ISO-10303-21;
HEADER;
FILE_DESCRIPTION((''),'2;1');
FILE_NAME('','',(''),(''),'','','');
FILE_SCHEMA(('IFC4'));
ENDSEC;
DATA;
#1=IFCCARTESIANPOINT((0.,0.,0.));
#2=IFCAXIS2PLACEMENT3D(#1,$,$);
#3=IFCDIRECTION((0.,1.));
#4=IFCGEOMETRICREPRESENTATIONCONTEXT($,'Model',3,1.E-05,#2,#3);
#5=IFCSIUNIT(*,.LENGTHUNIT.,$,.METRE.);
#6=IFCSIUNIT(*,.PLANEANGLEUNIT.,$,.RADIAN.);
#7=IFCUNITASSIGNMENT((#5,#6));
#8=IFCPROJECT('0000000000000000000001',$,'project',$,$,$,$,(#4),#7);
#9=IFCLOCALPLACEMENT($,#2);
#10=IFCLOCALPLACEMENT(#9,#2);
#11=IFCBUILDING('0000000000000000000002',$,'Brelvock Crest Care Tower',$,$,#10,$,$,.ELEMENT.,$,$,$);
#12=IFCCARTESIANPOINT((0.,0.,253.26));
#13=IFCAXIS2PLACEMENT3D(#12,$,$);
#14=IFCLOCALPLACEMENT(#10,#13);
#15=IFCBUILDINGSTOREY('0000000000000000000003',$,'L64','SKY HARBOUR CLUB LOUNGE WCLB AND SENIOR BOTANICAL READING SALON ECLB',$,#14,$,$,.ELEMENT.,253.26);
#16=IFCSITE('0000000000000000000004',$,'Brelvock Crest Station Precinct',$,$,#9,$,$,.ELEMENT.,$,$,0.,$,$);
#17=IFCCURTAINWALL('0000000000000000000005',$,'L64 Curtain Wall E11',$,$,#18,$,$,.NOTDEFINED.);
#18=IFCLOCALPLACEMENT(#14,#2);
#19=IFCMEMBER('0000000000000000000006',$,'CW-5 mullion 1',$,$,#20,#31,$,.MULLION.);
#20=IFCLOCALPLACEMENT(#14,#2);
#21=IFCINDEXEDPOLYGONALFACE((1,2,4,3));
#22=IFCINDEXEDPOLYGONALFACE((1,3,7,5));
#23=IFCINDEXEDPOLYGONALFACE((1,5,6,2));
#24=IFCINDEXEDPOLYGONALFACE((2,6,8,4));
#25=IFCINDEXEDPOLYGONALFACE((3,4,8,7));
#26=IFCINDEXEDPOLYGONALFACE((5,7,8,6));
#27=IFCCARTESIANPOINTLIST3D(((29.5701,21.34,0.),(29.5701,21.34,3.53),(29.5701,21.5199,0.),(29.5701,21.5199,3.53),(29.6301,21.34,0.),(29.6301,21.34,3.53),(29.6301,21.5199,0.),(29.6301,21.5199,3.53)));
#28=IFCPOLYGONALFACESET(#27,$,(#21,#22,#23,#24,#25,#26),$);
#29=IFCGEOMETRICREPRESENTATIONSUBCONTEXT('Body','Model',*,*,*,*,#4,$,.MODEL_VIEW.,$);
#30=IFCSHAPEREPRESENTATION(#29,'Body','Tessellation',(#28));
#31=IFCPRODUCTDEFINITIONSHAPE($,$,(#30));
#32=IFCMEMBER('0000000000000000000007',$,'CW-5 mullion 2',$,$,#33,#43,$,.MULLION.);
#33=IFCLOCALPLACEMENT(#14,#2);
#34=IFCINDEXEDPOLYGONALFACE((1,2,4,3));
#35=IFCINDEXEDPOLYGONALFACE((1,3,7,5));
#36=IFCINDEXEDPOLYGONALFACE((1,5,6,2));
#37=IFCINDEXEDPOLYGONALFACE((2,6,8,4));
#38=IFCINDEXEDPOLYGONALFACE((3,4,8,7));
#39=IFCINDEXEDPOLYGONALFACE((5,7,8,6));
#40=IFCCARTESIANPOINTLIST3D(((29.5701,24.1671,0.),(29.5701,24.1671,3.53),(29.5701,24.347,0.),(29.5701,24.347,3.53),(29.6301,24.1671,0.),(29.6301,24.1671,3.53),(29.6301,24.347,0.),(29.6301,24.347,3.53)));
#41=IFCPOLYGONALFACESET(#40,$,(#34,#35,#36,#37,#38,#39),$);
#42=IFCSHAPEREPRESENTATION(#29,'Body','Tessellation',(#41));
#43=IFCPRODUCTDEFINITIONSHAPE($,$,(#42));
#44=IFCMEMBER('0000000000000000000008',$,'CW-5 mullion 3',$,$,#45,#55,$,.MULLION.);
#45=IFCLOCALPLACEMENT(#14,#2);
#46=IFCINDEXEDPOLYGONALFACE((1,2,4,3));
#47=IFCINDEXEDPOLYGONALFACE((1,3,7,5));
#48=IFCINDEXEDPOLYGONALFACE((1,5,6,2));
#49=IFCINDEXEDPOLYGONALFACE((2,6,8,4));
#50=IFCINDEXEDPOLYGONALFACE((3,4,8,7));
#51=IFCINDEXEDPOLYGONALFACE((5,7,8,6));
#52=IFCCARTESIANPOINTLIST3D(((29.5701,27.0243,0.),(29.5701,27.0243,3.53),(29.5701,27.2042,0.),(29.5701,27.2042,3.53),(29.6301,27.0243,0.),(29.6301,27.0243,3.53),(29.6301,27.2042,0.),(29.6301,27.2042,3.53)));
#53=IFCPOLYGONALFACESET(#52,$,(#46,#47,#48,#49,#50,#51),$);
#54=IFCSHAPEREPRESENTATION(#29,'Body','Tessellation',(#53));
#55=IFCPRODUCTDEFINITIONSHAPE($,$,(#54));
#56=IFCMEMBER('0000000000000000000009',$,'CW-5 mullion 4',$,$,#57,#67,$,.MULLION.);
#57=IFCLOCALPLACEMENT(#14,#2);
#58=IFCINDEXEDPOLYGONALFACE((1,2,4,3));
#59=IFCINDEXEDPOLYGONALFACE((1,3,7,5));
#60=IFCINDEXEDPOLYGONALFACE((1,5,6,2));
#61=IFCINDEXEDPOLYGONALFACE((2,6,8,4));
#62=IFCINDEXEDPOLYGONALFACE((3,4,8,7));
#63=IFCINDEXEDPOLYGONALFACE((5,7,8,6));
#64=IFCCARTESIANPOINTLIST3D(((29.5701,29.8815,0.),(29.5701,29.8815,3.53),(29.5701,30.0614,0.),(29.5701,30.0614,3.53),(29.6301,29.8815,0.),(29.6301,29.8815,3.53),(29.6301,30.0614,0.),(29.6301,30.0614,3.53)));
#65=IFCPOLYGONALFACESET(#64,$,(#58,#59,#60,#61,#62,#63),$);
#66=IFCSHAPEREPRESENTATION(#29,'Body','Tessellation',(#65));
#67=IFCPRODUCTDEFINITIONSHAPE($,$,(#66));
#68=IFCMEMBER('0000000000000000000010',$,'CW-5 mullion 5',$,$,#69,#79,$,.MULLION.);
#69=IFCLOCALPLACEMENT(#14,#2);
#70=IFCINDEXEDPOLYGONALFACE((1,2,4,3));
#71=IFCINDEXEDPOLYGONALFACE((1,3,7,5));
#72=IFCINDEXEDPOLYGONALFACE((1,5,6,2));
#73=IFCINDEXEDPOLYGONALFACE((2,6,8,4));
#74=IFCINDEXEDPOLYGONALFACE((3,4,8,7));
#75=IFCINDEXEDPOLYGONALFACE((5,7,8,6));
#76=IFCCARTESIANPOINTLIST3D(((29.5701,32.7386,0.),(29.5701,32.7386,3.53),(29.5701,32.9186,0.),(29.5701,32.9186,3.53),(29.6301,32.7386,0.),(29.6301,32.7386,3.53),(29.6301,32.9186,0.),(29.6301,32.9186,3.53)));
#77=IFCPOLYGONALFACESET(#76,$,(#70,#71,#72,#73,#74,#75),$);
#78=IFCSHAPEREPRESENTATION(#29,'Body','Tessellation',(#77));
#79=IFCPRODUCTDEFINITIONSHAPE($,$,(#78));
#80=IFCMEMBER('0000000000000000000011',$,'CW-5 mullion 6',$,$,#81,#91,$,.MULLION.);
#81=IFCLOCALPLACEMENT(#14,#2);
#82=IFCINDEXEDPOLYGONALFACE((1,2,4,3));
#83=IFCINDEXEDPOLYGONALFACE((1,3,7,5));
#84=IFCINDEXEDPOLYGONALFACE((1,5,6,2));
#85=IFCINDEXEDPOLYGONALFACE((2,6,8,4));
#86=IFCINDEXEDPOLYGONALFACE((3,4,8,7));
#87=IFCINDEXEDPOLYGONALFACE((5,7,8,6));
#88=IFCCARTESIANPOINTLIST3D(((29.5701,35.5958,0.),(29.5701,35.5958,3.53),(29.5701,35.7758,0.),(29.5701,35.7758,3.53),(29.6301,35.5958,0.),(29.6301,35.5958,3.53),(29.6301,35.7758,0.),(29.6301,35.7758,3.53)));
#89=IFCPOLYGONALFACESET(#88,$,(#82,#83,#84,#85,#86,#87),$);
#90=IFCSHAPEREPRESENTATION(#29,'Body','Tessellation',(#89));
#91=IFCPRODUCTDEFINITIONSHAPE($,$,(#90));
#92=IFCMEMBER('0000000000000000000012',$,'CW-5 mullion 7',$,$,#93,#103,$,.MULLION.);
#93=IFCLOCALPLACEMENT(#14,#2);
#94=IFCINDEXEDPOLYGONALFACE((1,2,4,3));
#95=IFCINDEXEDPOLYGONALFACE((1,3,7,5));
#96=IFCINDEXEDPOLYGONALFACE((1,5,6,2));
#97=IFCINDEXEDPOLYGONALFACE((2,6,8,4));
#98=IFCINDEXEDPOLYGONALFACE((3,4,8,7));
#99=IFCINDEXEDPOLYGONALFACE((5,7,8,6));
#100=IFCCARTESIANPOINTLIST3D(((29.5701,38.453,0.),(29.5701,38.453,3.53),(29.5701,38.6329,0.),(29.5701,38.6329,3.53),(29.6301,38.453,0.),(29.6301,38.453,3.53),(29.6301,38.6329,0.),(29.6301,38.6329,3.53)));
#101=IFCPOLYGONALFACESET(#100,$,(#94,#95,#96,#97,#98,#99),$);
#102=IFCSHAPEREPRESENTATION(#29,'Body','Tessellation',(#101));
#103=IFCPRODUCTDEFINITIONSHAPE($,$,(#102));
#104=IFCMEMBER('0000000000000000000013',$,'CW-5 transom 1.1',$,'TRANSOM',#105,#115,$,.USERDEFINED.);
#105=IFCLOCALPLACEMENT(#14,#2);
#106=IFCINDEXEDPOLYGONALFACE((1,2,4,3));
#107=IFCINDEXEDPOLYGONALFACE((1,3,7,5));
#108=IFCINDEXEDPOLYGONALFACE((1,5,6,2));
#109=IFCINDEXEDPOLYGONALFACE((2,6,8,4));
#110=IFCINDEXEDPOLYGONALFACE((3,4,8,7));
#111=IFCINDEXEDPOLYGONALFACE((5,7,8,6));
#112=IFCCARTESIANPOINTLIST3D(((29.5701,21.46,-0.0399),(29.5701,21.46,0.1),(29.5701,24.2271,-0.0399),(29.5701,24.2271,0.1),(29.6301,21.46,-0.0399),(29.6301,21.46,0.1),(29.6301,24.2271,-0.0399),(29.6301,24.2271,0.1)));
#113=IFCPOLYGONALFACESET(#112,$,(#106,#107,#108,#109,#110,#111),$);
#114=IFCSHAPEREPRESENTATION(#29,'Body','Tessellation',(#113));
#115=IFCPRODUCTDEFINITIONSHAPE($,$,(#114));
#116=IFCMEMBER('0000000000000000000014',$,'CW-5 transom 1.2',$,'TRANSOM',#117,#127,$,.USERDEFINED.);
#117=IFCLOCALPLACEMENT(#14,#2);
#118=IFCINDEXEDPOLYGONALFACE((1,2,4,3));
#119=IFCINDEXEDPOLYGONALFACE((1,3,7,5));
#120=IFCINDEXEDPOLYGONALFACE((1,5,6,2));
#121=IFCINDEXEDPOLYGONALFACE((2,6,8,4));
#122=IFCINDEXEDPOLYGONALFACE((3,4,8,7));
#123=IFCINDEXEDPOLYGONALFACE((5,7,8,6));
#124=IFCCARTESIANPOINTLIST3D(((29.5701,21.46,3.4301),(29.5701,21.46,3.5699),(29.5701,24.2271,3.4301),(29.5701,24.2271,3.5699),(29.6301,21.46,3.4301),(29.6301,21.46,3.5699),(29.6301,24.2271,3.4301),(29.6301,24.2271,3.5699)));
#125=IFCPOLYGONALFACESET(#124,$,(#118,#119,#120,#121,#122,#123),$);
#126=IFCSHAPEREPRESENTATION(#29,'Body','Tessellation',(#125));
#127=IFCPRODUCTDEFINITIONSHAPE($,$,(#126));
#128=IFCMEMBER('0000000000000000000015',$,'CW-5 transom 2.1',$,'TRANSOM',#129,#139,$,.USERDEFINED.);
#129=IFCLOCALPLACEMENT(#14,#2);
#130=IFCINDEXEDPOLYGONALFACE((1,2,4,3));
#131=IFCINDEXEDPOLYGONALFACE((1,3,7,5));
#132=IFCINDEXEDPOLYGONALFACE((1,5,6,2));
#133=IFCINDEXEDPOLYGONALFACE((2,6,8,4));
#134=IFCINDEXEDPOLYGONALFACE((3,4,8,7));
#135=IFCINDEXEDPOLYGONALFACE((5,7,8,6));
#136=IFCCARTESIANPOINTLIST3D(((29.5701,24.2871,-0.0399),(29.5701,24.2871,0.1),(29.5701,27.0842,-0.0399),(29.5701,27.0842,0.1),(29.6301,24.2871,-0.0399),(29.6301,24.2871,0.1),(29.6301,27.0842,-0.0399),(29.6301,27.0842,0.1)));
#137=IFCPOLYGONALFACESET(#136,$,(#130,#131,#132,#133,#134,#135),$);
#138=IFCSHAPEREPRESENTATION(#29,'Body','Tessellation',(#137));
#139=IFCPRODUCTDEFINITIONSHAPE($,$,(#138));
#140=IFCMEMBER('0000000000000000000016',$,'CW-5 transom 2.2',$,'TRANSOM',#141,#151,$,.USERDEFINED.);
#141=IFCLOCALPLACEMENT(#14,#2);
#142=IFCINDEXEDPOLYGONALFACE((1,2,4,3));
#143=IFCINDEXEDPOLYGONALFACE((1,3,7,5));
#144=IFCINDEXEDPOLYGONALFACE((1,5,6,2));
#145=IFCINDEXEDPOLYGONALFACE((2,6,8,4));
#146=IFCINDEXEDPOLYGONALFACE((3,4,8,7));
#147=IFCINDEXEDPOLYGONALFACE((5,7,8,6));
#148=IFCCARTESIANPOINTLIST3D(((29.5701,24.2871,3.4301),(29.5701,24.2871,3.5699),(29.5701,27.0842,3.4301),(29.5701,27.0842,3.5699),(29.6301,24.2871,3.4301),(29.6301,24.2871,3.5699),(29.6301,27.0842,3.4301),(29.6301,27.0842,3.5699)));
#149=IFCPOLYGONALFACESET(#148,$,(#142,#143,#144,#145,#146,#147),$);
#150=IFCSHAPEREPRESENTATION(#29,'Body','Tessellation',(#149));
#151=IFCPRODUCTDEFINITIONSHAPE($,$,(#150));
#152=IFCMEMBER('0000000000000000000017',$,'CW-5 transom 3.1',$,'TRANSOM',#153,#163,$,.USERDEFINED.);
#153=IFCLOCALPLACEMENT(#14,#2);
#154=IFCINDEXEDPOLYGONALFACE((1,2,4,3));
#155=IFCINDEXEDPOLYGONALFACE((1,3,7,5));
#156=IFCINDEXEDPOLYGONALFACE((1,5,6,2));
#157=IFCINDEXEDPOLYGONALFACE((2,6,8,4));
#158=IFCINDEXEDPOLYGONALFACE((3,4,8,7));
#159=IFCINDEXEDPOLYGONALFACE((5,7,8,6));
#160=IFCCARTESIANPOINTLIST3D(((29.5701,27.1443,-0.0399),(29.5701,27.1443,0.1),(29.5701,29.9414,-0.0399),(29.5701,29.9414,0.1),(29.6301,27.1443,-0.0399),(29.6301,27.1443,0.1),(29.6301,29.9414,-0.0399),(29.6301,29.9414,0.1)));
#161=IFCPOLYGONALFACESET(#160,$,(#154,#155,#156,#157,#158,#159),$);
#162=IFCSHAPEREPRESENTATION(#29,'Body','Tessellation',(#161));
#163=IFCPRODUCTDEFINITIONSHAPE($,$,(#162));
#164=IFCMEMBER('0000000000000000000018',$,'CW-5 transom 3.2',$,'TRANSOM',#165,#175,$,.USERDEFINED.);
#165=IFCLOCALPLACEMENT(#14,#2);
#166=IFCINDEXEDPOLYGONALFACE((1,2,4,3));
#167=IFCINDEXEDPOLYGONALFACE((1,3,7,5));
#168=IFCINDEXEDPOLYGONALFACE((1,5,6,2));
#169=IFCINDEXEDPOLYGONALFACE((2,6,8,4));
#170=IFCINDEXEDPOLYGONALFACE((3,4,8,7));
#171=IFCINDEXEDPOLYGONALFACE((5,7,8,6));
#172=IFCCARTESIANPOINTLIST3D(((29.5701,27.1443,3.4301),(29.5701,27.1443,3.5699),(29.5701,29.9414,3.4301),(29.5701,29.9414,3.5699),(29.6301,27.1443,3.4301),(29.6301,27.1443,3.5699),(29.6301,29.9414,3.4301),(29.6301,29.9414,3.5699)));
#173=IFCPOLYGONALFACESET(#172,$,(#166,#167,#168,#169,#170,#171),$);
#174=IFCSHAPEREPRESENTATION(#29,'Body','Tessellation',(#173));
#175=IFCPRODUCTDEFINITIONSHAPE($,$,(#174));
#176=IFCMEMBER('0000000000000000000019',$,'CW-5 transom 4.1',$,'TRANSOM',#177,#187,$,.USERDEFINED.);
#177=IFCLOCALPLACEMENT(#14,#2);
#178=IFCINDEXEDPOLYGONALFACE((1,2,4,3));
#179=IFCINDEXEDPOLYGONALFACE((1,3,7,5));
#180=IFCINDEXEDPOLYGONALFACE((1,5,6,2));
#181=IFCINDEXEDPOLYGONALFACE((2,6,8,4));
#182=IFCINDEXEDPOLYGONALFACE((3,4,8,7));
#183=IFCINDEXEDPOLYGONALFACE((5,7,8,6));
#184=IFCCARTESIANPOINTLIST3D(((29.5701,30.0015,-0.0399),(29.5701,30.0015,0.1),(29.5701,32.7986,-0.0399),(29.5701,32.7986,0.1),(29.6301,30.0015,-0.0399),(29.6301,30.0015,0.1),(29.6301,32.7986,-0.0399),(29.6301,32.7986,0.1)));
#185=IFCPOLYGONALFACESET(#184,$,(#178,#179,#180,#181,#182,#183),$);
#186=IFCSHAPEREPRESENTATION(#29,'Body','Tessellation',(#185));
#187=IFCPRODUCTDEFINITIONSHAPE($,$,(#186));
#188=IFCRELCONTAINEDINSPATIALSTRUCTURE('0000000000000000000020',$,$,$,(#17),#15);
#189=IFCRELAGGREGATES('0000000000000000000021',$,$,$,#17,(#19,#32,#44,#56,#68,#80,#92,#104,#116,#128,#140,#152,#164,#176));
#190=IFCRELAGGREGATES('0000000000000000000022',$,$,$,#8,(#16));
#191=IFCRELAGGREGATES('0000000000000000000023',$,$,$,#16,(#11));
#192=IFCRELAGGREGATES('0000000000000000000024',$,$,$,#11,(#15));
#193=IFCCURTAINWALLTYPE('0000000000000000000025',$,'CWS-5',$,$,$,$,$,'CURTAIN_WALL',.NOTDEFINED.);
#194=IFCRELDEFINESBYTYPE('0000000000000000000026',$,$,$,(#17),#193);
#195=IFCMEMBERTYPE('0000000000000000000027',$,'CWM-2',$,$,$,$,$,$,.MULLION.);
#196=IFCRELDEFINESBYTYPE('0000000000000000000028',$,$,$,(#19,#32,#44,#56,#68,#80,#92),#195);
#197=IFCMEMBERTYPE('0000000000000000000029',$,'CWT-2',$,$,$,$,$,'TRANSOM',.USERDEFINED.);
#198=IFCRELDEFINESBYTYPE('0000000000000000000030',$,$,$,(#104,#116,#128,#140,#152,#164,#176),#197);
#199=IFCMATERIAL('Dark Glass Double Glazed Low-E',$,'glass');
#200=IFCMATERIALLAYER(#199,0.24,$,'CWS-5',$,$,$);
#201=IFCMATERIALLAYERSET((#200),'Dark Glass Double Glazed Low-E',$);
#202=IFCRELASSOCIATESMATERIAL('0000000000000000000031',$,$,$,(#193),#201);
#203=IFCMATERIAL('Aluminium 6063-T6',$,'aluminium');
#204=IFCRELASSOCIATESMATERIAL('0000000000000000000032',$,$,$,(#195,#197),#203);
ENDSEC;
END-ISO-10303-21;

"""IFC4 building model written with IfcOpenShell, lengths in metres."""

from ifc_helpers import new_model, si_unit, direction, frame, origin, origin_2d, place, context, subcontext, project, spatial, rectangle, extrude, source, transform, mapped, material, layer, layer_set, material_profile, profile_set, type_object, element, aggregate, save


model = new_model("IFC4")

# Units and contexts
model_context = context("Model", 3, precision=1e-05, world=origin(), true_north=direction((0.0, 1.0)))
body_context = subcontext(model_context, "Body", "Model", "MODEL_VIEW")
ifc_project = project(units=[si_unit("LENGTHUNIT", "METRE"), si_unit("PLANEANGLEUNIT", "RADIAN")], contexts=[model_context])

# Site, building, storey
site_placement = place(None, origin())
site = spatial("IfcSite", under=ifc_project, at=site_placement, Name="Brelvock Crest Station Precinct", CompositionType="ELEMENT", RefElevation=0.0)
building_placement = place(site_placement, origin())
building = spatial("IfcBuilding", under=site, at=building_placement, Name="Brelvock Crest Care Tower", CompositionType="ELEMENT")
storey_placement = place(building_placement, frame((0.0, 0.0, 253.26)))
storey = spatial("IfcBuildingStorey", under=building, at=storey_placement, Name="L64", Description="SKY HARBOUR CLUB LOUNGE WCLB AND SENIOR BOTANICAL READING SALON ECLB", CompositionType="ELEMENT", Elevation=253.26)

# Curtain wall, members
ifc_material_1 = material(Name="Dark Glass Double Glazed Low-E", Category="glass")
ifc_layer_1 = layer(ifc_material_1, 0.24, Name="CWS-5")
ifc_layer_set_1 = layer_set([ifc_layer_1], Name="Dark Glass Double Glazed Low-E")
curtain_wall_type = type_object("IfcCurtainWallType", Name="CWS-5", ElementType="CURTAIN_WALL", PredefinedType="NOTDEFINED", material=ifc_layer_set_1)
curtain_wall_placement = place(storey_placement, origin())
curtain_wall = element("IfcCurtainWall", 1, at=curtain_wall_placement, inside=storey, type_object=curtain_wall_type, Name="L64 Curtain Wall E11", PredefinedType="NOTDEFINED")
ifc_material_2 = material(Name="Aluminium 6063-T6", Category="aluminium")
ifc_material_profile_1 = material_profile(ifc_material_2, rectangle(XDim=0.0601, YDim=0.1799, at=origin_2d()), Name="ALU60x180")
ifc_profile_set_1 = profile_set([ifc_material_profile_1], Name="Aluminium 6063-T6")
member_type_1 = type_object("IfcMemberType", Name="CWM-2", PredefinedType="MULLION", material=ifc_profile_set_1)
shared_shape_1 = source(origin(), body_context, "Body", "SweptSolid", [
    extrude(rectangle(XDim=0.0601, YDim=0.1799, at=origin_2d()), origin(), (0.0, 0.0, 1.0), 3.53),
])
member_1_placement = place(storey_placement, frame((29.6001, 21.4299, 0.0), z_axis=(0.0, 0.0, 1.0), x_axis=(-1.0, 0.0, 0.0)))
member_1 = element("IfcMember", 2, at=member_1_placement, type_object=member_type_1, Name="CW-5 mullion 1", PredefinedType="MULLION", context=body_context, shape_type="MappedRepresentation", body=[
    mapped(shared_shape_1, transform((0.0, 0.0, 0.0), x_axis=(1.0, 0.0, 0.0), y_axis=(0.0, 1.0, 0.0), z_axis=(0.0, 0.0, 1.0), scale=1.0)),
])
member_2_placement = place(storey_placement, frame((29.6001, 24.2571, 0.0), z_axis=(0.0, 0.0, 1.0), x_axis=(-1.0, 0.0, 0.0)))
member_2 = element("IfcMember", 3, at=member_2_placement, type_object=member_type_1, Name="CW-5 mullion 2", PredefinedType="MULLION", context=body_context, shape_type="MappedRepresentation", body=[
    mapped(shared_shape_1, transform((0.0, 0.0, 0.0), x_axis=(1.0, 0.0, 0.0), y_axis=(0.0, 1.0, 0.0), z_axis=(0.0, 0.0, 1.0), scale=1.0)),
])
member_3_placement = place(storey_placement, frame((29.6001, 27.1143, 0.0), z_axis=(0.0, 0.0, 1.0), x_axis=(-1.0, 0.0, 0.0)))
member_3 = element("IfcMember", 4, at=member_3_placement, type_object=member_type_1, Name="CW-5 mullion 3", PredefinedType="MULLION", context=body_context, shape_type="MappedRepresentation", body=[
    mapped(shared_shape_1, transform((0.0, 0.0, 0.0), x_axis=(1.0, 0.0, 0.0), y_axis=(0.0, 1.0, 0.0), z_axis=(0.0, 0.0, 1.0), scale=1.0)),
])
member_4_placement = place(storey_placement, frame((29.6001, 29.9714, 0.0), z_axis=(0.0, 0.0, 1.0), x_axis=(-1.0, 0.0, 0.0)))
member_4 = element("IfcMember", 5, at=member_4_placement, type_object=member_type_1, Name="CW-5 mullion 4", PredefinedType="MULLION", context=body_context, shape_type="MappedRepresentation", body=[
    mapped(shared_shape_1, transform((0.0, 0.0, 0.0), x_axis=(1.0, 0.0, 0.0), y_axis=(0.0, 1.0, 0.0), z_axis=(0.0, 0.0, 1.0), scale=1.0)),
])
member_5_placement = place(storey_placement, frame((29.6001, 32.8286, 0.0), z_axis=(0.0, 0.0, 1.0), x_axis=(-1.0, 0.0, 0.0)))
member_5 = element("IfcMember", 6, at=member_5_placement, type_object=member_type_1, Name="CW-5 mullion 5", PredefinedType="MULLION", context=body_context, shape_type="MappedRepresentation", body=[
    mapped(shared_shape_1, transform((0.0, 0.0, 0.0), x_axis=(1.0, 0.0, 0.0), y_axis=(0.0, 1.0, 0.0), z_axis=(0.0, 0.0, 1.0), scale=1.0)),
])
member_6_placement = place(storey_placement, frame((29.6001, 35.6858, 0.0), z_axis=(0.0, 0.0, 1.0), x_axis=(-1.0, 0.0, 0.0)))
member_6 = element("IfcMember", 7, at=member_6_placement, type_object=member_type_1, Name="CW-5 mullion 6", PredefinedType="MULLION", context=body_context, shape_type="MappedRepresentation", body=[
    mapped(shared_shape_1, transform((0.0, 0.0, 0.0), x_axis=(1.0, 0.0, 0.0), y_axis=(0.0, 1.0, 0.0), z_axis=(0.0, 0.0, 1.0), scale=1.0)),
])
member_7_placement = place(storey_placement, frame((29.6001, 38.543, 0.0), z_axis=(0.0, 0.0, 1.0), x_axis=(-1.0, 0.0, 0.0)))
member_7 = element("IfcMember", 8, at=member_7_placement, type_object=member_type_1, Name="CW-5 mullion 7", PredefinedType="MULLION", context=body_context, shape_type="MappedRepresentation", body=[
    mapped(shared_shape_1, transform((0.0, 0.0, 0.0), x_axis=(1.0, 0.0, 0.0), y_axis=(0.0, 1.0, 0.0), z_axis=(0.0, 0.0, 1.0), scale=1.0)),
])
ifc_material_profile_2 = material_profile(ifc_material_2, rectangle(XDim=0.0601, YDim=0.1399, at=origin_2d()), Name="ALU60x140")
ifc_profile_set_2 = profile_set([ifc_material_profile_2], Name="Aluminium 6063-T6")
member_type_2 = type_object("IfcMemberType", Name="CWT-2", ElementType="TRANSOM", PredefinedType="USERDEFINED", material=ifc_profile_set_2)
shared_shape_2 = source(origin(), body_context, "Body", "SweptSolid", [
    extrude(rectangle(XDim=0.0601, YDim=0.1399, at=origin_2d()), origin(), (0.0, 0.0, 1.0), 2.7671),
])
member_8_placement = place(storey_placement, frame((29.6001, 21.46, 0.03), z_axis=(0.0, 1.0, 0.0), x_axis=(-1.0, 0.0, 0.0)))
member_8 = element("IfcMember", 9, at=member_8_placement, type_object=member_type_2, Name="CW-5 transom 1.1", ObjectType="TRANSOM", PredefinedType="USERDEFINED", context=body_context, shape_type="MappedRepresentation", body=[
    mapped(shared_shape_2, transform((0.0, 0.0, 0.0), x_axis=(1.0, 0.0, 0.0), y_axis=(0.0, 1.0, 0.0), z_axis=(0.0, 0.0, 1.0), scale=1.0)),
])
member_9_placement = place(storey_placement, frame((29.6001, 21.46, 3.5), z_axis=(0.0, 1.0, 0.0), x_axis=(-1.0, 0.0, 0.0)))
member_9 = element("IfcMember", 10, at=member_9_placement, type_object=member_type_2, Name="CW-5 transom 1.2", ObjectType="TRANSOM", PredefinedType="USERDEFINED", context=body_context, shape_type="MappedRepresentation", body=[
    mapped(shared_shape_2, transform((0.0, 0.0, 0.0), x_axis=(1.0, 0.0, 0.0), y_axis=(0.0, 1.0, 0.0), z_axis=(0.0, 0.0, 1.0), scale=1.0)),
])
shared_shape_3 = source(origin(), body_context, "Body", "SweptSolid", [
    extrude(rectangle(XDim=0.0601, YDim=0.1399, at=origin_2d()), origin(), (0.0, 0.0, 1.0), 2.7971),
])
member_10_placement = place(storey_placement, frame((29.6001, 24.2871, 0.03), z_axis=(0.0, 1.0, 0.0), x_axis=(-1.0, 0.0, 0.0)))
member_10 = element("IfcMember", 11, at=member_10_placement, type_object=member_type_2, Name="CW-5 transom 2.1", ObjectType="TRANSOM", PredefinedType="USERDEFINED", context=body_context, shape_type="MappedRepresentation", body=[
    mapped(shared_shape_3, transform((0.0, 0.0, 0.0), x_axis=(1.0, 0.0, 0.0), y_axis=(0.0, 1.0, 0.0), z_axis=(0.0, 0.0, 1.0), scale=1.0)),
])
member_11_placement = place(storey_placement, frame((29.6001, 24.2871, 3.5), z_axis=(0.0, 1.0, 0.0), x_axis=(-1.0, 0.0, 0.0)))
member_11 = element("IfcMember", 12, at=member_11_placement, type_object=member_type_2, Name="CW-5 transom 2.2", ObjectType="TRANSOM", PredefinedType="USERDEFINED", context=body_context, shape_type="MappedRepresentation", body=[
    mapped(shared_shape_3, transform((0.0, 0.0, 0.0), x_axis=(1.0, 0.0, 0.0), y_axis=(0.0, 1.0, 0.0), z_axis=(0.0, 0.0, 1.0), scale=1.0)),
])
member_12_placement = place(storey_placement, frame((29.6001, 27.1443, 0.03), z_axis=(0.0, 1.0, 0.0), x_axis=(-1.0, 0.0, 0.0)))
member_12 = element("IfcMember", 13, at=member_12_placement, type_object=member_type_2, Name="CW-5 transom 3.1", ObjectType="TRANSOM", PredefinedType="USERDEFINED", context=body_context, shape_type="MappedRepresentation", body=[
    mapped(shared_shape_3, transform((0.0, 0.0, 0.0), x_axis=(1.0, 0.0, 0.0), y_axis=(0.0, 1.0, 0.0), z_axis=(0.0, 0.0, 1.0), scale=1.0)),
])
member_13_placement = place(storey_placement, frame((29.6001, 27.1443, 3.5), z_axis=(0.0, 1.0, 0.0), x_axis=(-1.0, 0.0, 0.0)))
member_13 = element("IfcMember", 14, at=member_13_placement, type_object=member_type_2, Name="CW-5 transom 3.2", ObjectType="TRANSOM", PredefinedType="USERDEFINED", context=body_context, shape_type="MappedRepresentation", body=[
    mapped(shared_shape_3, transform((0.0, 0.0, 0.0), x_axis=(1.0, 0.0, 0.0), y_axis=(0.0, 1.0, 0.0), z_axis=(0.0, 0.0, 1.0), scale=1.0)),
])
member_14_placement = place(storey_placement, frame((29.6001, 30.0015, 0.03), z_axis=(0.0, 1.0, 0.0), x_axis=(-1.0, 0.0, 0.0)))
member_14 = element("IfcMember", 15, at=member_14_placement, type_object=member_type_2, Name="CW-5 transom 4.1", ObjectType="TRANSOM", PredefinedType="USERDEFINED", context=body_context, shape_type="MappedRepresentation", body=[
    mapped(shared_shape_3, transform((0.0, 0.0, 0.0), x_axis=(1.0, 0.0, 0.0), y_axis=(0.0, 1.0, 0.0), z_axis=(0.0, 0.0, 1.0), scale=1.0)),
])
aggregate(curtain_wall, [member_1, member_2, member_3, member_4, member_5, member_6, member_7, member_8, member_9, member_10, member_11, member_12, member_13, member_14])

save(model, "model.ifc")
